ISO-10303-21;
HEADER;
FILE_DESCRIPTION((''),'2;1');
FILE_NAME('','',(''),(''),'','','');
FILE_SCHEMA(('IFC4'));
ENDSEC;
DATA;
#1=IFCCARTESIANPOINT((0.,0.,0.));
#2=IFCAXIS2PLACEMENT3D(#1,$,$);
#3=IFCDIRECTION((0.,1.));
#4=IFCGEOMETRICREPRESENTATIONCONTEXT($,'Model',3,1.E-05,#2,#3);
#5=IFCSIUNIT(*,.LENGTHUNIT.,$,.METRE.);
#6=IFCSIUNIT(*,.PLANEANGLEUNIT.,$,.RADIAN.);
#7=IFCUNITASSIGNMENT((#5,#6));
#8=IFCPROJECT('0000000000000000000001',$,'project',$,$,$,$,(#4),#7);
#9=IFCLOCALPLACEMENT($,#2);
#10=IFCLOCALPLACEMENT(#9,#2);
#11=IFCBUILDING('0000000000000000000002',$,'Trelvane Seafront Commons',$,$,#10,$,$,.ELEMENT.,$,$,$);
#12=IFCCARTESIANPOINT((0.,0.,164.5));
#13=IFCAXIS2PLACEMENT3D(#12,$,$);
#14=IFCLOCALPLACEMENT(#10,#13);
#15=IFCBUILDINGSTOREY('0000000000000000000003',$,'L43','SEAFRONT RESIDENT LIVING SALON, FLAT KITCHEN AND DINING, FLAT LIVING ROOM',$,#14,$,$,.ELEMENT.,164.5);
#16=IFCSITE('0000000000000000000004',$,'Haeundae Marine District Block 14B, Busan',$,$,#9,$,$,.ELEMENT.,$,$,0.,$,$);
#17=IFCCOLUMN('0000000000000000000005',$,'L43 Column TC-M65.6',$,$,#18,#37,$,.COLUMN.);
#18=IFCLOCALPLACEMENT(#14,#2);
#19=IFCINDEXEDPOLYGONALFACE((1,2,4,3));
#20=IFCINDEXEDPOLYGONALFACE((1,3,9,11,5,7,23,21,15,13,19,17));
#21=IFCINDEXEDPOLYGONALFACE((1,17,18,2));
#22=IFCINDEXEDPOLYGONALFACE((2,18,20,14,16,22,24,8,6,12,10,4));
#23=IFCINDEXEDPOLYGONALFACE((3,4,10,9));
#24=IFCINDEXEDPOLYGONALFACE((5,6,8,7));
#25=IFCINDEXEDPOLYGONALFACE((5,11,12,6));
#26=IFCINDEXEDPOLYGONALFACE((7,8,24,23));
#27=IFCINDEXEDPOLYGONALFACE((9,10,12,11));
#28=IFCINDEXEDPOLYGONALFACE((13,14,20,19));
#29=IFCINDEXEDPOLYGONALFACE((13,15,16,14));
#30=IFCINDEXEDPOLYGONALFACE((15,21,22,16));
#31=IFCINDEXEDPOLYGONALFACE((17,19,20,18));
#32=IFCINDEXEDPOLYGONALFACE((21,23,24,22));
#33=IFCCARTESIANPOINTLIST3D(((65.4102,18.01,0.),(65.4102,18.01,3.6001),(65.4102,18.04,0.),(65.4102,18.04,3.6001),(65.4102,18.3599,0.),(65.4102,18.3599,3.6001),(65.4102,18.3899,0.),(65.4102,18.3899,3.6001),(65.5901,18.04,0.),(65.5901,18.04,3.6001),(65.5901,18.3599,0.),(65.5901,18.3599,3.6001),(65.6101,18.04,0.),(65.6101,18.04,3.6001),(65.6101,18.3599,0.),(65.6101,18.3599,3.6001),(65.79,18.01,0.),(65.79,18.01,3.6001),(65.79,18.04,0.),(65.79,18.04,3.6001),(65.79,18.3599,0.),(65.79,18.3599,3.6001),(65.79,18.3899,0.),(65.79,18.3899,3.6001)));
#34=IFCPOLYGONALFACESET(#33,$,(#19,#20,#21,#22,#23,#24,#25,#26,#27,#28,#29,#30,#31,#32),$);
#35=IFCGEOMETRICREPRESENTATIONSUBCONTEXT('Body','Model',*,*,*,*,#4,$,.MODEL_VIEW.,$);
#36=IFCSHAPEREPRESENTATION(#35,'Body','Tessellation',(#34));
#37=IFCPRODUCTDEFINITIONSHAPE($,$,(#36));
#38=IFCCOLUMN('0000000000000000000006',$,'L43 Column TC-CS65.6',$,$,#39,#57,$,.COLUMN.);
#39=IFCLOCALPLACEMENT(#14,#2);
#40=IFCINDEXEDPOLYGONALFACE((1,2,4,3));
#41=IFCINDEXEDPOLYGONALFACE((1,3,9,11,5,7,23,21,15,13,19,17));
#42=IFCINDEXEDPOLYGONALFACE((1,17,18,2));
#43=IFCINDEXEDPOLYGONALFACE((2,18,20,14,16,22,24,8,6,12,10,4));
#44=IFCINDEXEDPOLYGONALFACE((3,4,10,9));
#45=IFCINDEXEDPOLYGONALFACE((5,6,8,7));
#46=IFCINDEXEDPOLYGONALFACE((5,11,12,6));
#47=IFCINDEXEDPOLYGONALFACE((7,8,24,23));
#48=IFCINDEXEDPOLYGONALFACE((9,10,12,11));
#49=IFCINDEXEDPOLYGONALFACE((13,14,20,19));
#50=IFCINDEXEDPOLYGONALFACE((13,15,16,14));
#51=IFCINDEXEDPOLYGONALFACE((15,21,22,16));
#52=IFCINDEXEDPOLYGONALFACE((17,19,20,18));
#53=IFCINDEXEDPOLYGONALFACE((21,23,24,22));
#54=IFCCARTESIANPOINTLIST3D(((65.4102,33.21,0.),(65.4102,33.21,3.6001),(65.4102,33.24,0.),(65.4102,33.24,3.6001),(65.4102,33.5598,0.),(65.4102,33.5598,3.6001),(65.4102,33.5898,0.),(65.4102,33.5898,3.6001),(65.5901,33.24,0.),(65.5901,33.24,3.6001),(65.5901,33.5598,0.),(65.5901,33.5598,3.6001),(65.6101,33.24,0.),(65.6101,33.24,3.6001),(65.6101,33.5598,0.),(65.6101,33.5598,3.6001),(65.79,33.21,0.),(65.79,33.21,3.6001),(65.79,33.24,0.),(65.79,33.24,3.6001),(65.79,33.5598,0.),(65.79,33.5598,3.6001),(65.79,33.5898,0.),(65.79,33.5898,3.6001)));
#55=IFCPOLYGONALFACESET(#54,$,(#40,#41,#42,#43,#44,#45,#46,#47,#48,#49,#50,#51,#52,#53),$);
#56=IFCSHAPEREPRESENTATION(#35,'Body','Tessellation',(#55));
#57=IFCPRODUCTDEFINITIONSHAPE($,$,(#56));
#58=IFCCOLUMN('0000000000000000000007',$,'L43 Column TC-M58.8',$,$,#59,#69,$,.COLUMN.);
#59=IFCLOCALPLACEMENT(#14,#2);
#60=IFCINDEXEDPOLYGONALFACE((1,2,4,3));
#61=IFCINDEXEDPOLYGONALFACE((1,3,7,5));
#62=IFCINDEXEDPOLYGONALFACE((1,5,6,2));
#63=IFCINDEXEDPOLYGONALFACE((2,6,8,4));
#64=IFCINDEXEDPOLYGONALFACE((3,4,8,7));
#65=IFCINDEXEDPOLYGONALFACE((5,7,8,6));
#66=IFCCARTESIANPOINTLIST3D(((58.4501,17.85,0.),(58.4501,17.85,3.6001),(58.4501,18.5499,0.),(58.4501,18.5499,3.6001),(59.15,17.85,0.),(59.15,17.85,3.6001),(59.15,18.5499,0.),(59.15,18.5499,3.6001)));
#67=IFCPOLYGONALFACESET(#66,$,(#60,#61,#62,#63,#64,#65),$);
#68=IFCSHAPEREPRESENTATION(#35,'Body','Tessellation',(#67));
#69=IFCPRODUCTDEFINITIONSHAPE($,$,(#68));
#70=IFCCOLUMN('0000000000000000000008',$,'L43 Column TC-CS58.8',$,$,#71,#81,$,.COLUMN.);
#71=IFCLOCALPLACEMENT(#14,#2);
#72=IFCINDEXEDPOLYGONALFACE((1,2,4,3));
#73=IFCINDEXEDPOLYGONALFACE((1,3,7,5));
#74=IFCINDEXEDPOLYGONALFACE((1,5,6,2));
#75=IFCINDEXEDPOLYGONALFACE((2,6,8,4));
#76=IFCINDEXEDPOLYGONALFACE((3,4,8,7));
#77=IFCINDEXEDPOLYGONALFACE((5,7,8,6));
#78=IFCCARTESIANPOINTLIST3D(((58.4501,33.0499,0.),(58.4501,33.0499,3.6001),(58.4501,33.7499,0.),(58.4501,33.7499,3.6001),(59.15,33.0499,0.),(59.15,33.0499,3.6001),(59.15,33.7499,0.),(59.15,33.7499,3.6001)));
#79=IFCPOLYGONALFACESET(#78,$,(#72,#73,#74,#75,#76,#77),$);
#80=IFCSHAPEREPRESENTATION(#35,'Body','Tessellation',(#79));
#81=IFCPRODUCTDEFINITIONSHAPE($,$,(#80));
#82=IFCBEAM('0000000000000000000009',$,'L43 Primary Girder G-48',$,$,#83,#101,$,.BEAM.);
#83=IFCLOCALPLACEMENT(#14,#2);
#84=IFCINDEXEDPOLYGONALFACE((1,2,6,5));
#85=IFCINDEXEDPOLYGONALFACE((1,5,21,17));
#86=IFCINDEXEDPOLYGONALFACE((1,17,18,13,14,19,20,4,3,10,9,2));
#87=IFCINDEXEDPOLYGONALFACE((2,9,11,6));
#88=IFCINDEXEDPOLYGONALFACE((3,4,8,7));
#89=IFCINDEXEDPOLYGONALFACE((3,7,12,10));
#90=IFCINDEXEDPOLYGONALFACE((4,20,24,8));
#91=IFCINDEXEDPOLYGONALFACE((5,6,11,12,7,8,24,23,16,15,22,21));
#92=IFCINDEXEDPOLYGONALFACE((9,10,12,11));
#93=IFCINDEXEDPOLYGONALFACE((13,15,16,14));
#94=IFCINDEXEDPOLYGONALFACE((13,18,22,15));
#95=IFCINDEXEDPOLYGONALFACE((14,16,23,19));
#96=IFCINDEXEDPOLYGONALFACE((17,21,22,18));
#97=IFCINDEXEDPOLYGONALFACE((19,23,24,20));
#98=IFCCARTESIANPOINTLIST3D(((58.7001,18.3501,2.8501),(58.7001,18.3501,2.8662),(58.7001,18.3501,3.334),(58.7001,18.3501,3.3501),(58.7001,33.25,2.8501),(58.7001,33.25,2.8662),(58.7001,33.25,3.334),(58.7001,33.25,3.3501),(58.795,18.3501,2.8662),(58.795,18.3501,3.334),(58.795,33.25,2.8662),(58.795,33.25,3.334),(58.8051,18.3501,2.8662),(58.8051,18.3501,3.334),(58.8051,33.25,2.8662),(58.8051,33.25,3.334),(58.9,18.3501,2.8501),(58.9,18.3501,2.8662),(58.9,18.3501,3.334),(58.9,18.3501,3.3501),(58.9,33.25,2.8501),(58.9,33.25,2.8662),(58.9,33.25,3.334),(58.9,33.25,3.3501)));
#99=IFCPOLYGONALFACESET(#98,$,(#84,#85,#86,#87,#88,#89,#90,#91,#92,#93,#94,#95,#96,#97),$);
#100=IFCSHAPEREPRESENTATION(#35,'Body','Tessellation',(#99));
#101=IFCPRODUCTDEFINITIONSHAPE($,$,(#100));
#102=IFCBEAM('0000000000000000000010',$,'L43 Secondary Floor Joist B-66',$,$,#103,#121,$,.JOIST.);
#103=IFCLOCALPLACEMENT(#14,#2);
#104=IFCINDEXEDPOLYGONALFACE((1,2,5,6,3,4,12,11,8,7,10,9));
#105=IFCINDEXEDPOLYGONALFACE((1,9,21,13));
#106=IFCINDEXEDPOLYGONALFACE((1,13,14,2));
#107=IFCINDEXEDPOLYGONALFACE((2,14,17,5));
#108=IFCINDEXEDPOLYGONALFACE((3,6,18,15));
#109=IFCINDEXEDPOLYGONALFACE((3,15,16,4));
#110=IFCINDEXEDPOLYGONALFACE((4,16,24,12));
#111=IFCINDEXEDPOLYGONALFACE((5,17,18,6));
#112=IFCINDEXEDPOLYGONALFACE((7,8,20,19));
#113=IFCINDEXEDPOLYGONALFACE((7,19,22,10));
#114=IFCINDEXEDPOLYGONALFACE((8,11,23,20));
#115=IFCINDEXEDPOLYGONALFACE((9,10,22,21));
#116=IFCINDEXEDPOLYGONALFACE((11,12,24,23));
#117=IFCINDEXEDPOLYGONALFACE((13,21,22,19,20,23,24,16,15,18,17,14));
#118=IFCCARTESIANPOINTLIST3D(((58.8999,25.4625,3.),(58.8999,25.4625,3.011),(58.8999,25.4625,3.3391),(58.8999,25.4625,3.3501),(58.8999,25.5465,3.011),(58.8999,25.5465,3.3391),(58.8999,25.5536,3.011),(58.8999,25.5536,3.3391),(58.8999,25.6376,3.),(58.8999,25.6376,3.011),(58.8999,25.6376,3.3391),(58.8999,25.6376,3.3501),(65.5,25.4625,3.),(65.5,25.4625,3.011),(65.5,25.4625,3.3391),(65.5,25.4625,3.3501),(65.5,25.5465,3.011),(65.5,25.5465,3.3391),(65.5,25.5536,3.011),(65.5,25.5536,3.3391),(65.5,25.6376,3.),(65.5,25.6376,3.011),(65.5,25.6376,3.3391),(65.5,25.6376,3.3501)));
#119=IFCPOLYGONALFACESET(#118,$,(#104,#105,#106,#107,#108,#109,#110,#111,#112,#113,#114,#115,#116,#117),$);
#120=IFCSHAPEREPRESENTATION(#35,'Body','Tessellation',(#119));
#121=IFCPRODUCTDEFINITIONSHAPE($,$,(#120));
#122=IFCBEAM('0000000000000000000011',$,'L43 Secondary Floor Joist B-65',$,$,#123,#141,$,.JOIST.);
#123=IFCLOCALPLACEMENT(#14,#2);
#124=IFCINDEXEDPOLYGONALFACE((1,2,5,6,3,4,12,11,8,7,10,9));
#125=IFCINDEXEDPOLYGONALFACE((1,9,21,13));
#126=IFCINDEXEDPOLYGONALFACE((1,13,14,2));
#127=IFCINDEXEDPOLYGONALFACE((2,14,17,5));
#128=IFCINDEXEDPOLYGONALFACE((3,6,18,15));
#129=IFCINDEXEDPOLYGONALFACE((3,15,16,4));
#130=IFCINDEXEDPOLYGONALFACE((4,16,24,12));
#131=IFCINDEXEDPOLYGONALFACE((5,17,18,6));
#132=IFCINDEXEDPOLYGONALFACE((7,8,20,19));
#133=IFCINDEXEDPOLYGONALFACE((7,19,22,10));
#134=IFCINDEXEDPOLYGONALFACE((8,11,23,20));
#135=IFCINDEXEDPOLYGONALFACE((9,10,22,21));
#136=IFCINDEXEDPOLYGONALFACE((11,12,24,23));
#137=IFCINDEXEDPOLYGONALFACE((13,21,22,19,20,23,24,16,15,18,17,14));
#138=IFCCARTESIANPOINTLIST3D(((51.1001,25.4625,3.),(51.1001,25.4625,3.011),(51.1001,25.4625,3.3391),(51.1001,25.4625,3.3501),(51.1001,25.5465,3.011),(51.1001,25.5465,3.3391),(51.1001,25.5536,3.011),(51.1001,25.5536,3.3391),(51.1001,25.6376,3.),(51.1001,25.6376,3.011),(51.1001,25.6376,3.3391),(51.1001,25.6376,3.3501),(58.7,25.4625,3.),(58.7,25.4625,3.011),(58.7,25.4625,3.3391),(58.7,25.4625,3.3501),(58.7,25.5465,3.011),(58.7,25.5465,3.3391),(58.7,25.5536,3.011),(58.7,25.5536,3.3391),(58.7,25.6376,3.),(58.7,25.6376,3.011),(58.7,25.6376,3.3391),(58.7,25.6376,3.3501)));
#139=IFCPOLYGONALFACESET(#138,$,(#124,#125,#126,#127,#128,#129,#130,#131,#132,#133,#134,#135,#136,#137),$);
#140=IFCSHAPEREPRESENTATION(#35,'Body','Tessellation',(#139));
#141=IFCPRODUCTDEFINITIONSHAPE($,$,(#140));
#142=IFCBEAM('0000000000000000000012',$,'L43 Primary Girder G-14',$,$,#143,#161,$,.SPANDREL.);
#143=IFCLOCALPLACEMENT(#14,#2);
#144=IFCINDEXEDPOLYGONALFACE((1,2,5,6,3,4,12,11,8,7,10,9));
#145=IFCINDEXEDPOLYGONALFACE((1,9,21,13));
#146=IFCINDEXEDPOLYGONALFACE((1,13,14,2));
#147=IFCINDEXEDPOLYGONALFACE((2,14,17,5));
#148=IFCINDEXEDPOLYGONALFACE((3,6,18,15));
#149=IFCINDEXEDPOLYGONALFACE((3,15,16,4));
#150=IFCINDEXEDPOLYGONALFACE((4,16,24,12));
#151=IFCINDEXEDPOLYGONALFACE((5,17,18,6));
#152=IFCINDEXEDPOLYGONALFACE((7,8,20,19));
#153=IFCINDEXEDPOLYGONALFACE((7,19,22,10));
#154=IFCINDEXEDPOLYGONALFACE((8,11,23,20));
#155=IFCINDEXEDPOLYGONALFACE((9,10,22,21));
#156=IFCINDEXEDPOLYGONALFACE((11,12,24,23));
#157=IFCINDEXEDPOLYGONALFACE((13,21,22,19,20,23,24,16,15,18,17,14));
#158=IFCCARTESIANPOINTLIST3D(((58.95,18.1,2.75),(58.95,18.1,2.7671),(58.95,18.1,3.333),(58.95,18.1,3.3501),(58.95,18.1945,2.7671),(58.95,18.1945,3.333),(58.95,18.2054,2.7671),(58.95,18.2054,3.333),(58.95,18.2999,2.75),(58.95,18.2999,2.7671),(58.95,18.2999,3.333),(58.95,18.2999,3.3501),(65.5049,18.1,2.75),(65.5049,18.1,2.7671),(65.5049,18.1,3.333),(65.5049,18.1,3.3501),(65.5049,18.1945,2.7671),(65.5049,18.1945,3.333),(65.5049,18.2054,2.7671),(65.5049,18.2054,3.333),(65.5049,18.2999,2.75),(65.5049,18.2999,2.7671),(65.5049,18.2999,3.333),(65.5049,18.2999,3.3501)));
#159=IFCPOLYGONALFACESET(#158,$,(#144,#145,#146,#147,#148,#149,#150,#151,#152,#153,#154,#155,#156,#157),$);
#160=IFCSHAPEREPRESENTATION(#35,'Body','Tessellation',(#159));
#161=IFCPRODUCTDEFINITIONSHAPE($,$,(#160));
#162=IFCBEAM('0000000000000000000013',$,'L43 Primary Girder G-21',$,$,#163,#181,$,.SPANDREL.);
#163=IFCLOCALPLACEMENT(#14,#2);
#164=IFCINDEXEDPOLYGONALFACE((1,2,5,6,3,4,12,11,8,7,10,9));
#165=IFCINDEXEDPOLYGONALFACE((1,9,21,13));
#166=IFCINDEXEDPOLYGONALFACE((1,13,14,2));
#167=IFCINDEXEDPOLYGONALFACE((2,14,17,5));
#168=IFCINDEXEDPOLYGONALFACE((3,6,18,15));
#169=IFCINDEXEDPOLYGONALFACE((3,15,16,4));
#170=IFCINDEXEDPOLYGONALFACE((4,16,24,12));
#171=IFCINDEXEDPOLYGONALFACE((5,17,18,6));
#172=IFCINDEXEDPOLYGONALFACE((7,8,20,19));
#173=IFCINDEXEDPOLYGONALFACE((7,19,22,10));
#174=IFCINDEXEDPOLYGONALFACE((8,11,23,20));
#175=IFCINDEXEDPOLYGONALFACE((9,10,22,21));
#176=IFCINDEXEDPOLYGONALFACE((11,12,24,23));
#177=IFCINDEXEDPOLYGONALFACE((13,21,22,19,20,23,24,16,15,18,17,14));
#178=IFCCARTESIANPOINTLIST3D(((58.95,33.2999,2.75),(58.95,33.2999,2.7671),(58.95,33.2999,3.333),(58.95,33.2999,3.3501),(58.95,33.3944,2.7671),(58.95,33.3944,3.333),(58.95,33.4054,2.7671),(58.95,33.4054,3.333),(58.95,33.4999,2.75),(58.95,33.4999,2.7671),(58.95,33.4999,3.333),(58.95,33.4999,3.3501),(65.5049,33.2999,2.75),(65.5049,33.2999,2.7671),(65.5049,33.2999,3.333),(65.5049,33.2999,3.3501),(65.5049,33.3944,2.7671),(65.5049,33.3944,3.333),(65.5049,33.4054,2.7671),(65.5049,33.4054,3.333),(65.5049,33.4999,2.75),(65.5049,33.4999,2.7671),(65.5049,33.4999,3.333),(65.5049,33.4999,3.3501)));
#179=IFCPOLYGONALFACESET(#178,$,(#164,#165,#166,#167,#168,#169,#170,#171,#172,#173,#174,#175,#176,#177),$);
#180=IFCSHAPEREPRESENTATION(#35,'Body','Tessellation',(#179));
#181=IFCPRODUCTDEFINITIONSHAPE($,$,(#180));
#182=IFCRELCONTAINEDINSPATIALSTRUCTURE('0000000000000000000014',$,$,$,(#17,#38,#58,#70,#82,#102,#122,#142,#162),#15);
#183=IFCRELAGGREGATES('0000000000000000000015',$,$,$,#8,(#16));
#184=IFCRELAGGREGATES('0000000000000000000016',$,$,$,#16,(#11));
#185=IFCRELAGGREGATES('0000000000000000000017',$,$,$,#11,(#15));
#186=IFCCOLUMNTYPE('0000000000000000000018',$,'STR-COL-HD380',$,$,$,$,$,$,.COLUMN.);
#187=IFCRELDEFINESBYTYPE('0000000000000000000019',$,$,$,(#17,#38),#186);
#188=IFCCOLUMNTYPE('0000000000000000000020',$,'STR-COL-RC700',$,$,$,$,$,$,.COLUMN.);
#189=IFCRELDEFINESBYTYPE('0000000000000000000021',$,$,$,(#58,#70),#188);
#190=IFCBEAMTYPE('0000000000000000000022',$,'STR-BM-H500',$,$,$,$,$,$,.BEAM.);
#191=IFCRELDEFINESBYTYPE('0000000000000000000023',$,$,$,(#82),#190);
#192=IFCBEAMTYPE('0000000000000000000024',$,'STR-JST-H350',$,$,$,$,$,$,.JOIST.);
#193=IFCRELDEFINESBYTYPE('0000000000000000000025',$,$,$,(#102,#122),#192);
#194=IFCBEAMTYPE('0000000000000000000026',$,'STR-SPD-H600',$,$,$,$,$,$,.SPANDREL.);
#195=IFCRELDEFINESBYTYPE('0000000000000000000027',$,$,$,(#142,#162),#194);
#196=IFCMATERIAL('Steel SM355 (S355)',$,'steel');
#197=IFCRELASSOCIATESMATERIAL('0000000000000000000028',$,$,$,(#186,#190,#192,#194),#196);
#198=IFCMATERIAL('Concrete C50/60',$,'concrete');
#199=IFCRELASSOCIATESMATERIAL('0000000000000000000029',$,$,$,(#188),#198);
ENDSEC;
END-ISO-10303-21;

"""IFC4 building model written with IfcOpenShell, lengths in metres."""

from ifc_helpers import new_model, si_unit, direction, frame, origin, origin_2d, place, context, subcontext, project, spatial, rectangle, i_section, extrude, source, transform, mapped, material, material_profile, profile_set, type_object, element, save


model = new_model("IFC4")

# Units and contexts
model_context = context("Model", 3, precision=1e-05, world=origin(), true_north=direction((0.0, 1.0)))
body_context = subcontext(model_context, "Body", "Model", "MODEL_VIEW")
ifc_project = project(units=[si_unit("LENGTHUNIT", "METRE"), si_unit("PLANEANGLEUNIT", "RADIAN")], contexts=[model_context])

# Site, building, storey
site_placement = place(None, origin())
site = spatial("IfcSite", under=ifc_project, at=site_placement, Name="Haeundae Marine District Block 14B, Busan", CompositionType="ELEMENT", RefElevation=0.0)
building_placement = place(site_placement, origin())
building = spatial("IfcBuilding", under=site, at=building_placement, Name="Trelvane Seafront Commons", CompositionType="ELEMENT")
storey_placement = place(building_placement, frame((0.0, 0.0, 164.5)))
storey = spatial("IfcBuildingStorey", under=building, at=storey_placement, Name="L43", Description="SEAFRONT RESIDENT LIVING SALON, FLAT KITCHEN AND DINING, FLAT LIVING ROOM", CompositionType="ELEMENT", Elevation=164.5)

# Columns
ifc_material_1 = material(Name="Steel SM355 (S355)", Category="steel")
ifc_material_profile_1 = material_profile(ifc_material_1, i_section(OverallWidth=0.3799, OverallDepth=0.3799, WebThickness=0.02, FlangeThickness=0.03, at=origin_2d()), Name="HD-380x380x20x30")
ifc_profile_set_1 = profile_set([ifc_material_profile_1], Name="Steel SM355 (S355)")
column_type_1 = type_object("IfcColumnType", Name="STR-COL-HD380", PredefinedType="COLUMN", material=ifc_profile_set_1)
shared_shape_1 = source(origin(), body_context, "Body", "SweptSolid", [
    extrude(i_section(OverallWidth=0.3799, OverallDepth=0.3799, WebThickness=0.02, FlangeThickness=0.03, at=origin_2d()), origin(), (0.0, 0.0, 1.0), 3.6001),
])
for number, where, z_axis, x_axis, name in (
    (1, (65.6001, 18.2, 0.0), (0.0, 0.0, 1.0), (1.0, 0.0, 0.0), "L43 Column TC-M65.6"),
    (2, (65.6001, 33.3999, 0.0), (0.0, 0.0, 1.0), (1.0, 0.0, 0.0), "L43 Column TC-CS65.6"),
):
    element("IfcColumn", number, at=place(storey_placement, frame(where, z_axis=z_axis, x_axis=x_axis)), inside=storey, type_object=column_type_1, Name=name, PredefinedType="COLUMN", context=body_context, shape_type="MappedRepresentation", body=[
        mapped(shared_shape_1, transform((0.0, 0.0, 0.0), x_axis=(1.0, 0.0, 0.0), y_axis=(0.0, 1.0, 0.0), z_axis=(0.0, 0.0, 1.0), scale=1.0)),
    ])
ifc_material_2 = material(Name="Concrete C50/60", Category="concrete")
ifc_material_profile_2 = material_profile(ifc_material_2, rectangle(XDim=0.7, YDim=0.7, at=origin_2d()), Name="RC-700x700")
ifc_profile_set_2 = profile_set([ifc_material_profile_2], Name="Concrete C50/60")
column_type_2 = type_object("IfcColumnType", Name="STR-COL-RC700", PredefinedType="COLUMN", material=ifc_profile_set_2)
shared_shape_2 = source(origin(), body_context, "Body", "SweptSolid", [
    extrude(rectangle(XDim=0.7, YDim=0.7, at=origin_2d()), origin(), (0.0, 0.0, 1.0), 3.6001),
])
for number, where, z_axis, x_axis, name in (
    (3, (58.8, 18.2, 0.0), (0.0, 0.0, 1.0), (1.0, 0.0, 0.0), "L43 Column TC-M58.8"),
    (4, (58.8, 33.3999, 0.0), (0.0, 0.0, 1.0), (1.0, 0.0, 0.0), "L43 Column TC-CS58.8"),
):
    element("IfcColumn", number, at=place(storey_placement, frame(where, z_axis=z_axis, x_axis=x_axis)), inside=storey, type_object=column_type_2, Name=name, PredefinedType="COLUMN", context=body_context, shape_type="MappedRepresentation", body=[
        mapped(shared_shape_2, transform((0.0, 0.0, 0.0), x_axis=(1.0, 0.0, 0.0), y_axis=(0.0, 1.0, 0.0), z_axis=(0.0, 0.0, 1.0), scale=1.0)),
    ])

# Beams
ifc_material_profile_3 = material_profile(ifc_material_1, i_section(OverallWidth=0.2, OverallDepth=0.5, WebThickness=0.01, FlangeThickness=0.0161, at=origin_2d()), Name="H-500x200x10x16")
ifc_profile_set_3 = profile_set([ifc_material_profile_3], Name="Steel SM355 (S355)")
beam_type_1 = type_object("IfcBeamType", Name="STR-BM-H500", PredefinedType="BEAM", material=ifc_profile_set_3)
shared_shape_3 = source(origin(), body_context, "Body", "SweptSolid", [
    extrude(i_section(OverallWidth=0.2, OverallDepth=0.5, WebThickness=0.01, FlangeThickness=0.0161, at=origin_2d()), origin(), (0.0, 0.0, 1.0), 14.8999),
])
beam_1_placement = place(storey_placement, frame((58.8, 18.3501, 3.1001), z_axis=(0.0, 1.0, 0.0), x_axis=(-1.0, 0.0, 0.0)))
element("IfcBeam", 5, at=beam_1_placement, inside=storey, type_object=beam_type_1, Name="L43 Primary Girder G-48", PredefinedType="BEAM", context=body_context, shape_type="MappedRepresentation", body=[
    mapped(shared_shape_3, transform((0.0, 0.0, 0.0), x_axis=(1.0, 0.0, 0.0), y_axis=(0.0, 1.0, 0.0), z_axis=(0.0, 0.0, 1.0), scale=1.0)),
])
ifc_material_profile_4 = material_profile(ifc_material_1, i_section(OverallWidth=0.175, OverallDepth=0.3501, WebThickness=0.0071, FlangeThickness=0.011, at=origin_2d()), Name="H-350x175x7x11")
ifc_profile_set_4 = profile_set([ifc_material_profile_4], Name="Steel SM355 (S355)")
beam_type_2 = type_object("IfcBeamType", Name="STR-JST-H350", PredefinedType="JOIST", material=ifc_profile_set_4)
shared_shape_4 = source(origin(), body_context, "Body", "SweptSolid", [
    extrude(i_section(OverallWidth=0.175, OverallDepth=0.3501, WebThickness=0.0071, FlangeThickness=0.011, at=origin_2d()), origin(), (0.0, 0.0, 1.0), 6.6001),
])
beam_2_placement = place(storey_placement, frame((58.8999, 25.55, 3.175), z_axis=(1.0, 0.0, 0.0), x_axis=(0.0, 1.0, 0.0)))
element("IfcBeam", 6, at=beam_2_placement, inside=storey, type_object=beam_type_2, Name="L43 Secondary Floor Joist B-66", PredefinedType="JOIST", context=body_context, shape_type="MappedRepresentation", body=[
    mapped(shared_shape_4, transform((0.0, 0.0, 0.0), x_axis=(1.0, 0.0, 0.0), y_axis=(0.0, 1.0, 0.0), z_axis=(0.0, 0.0, 1.0), scale=1.0)),
])
shared_shape_5 = source(origin(), body_context, "Body", "SweptSolid", [
    extrude(i_section(OverallWidth=0.175, OverallDepth=0.3501, WebThickness=0.0071, FlangeThickness=0.011, at=origin_2d()), origin(), (0.0, 0.0, 1.0), 7.5999),
])
beam_3_placement = place(storey_placement, frame((51.1001, 25.55, 3.175), z_axis=(1.0, 0.0, 0.0), x_axis=(0.0, 1.0, 0.0)))
element("IfcBeam", 7, at=beam_3_placement, inside=storey, type_object=beam_type_2, Name="L43 Secondary Floor Joist B-65", PredefinedType="JOIST", context=body_context, shape_type="MappedRepresentation", body=[
    mapped(shared_shape_5, transform((0.0, 0.0, 0.0), x_axis=(1.0, 0.0, 0.0), y_axis=(0.0, 1.0, 0.0), z_axis=(0.0, 0.0, 1.0), scale=1.0)),
])
ifc_material_profile_5 = material_profile(ifc_material_1, i_section(OverallWidth=0.2, OverallDepth=0.6001, WebThickness=0.011, FlangeThickness=0.0171, at=origin_2d()), Name="H-600x200x11x17")
ifc_profile_set_5 = profile_set([ifc_material_profile_5], Name="Steel SM355 (S355)")
beam_type_3 = type_object("IfcBeamType", Name="STR-SPD-H600", PredefinedType="SPANDREL", material=ifc_profile_set_5)
shared_shape_6 = source(origin(), body_context, "Body", "SweptSolid", [
    extrude(i_section(OverallWidth=0.2, OverallDepth=0.6001, WebThickness=0.011, FlangeThickness=0.0171, at=origin_2d()), origin(), (0.0, 0.0, 1.0), 6.5549),
])
for number, where, z_axis, x_axis, name in (
    (8, (58.95, 18.2, 3.05), (1.0, 0.0, 0.0), (0.0, 1.0, 0.0), "L43 Primary Girder G-14"),
    (9, (58.95, 33.3999, 3.05), (1.0, 0.0, 0.0), (0.0, 1.0, 0.0), "L43 Primary Girder G-21"),
):
    element("IfcBeam", number, at=place(storey_placement, frame(where, z_axis=z_axis, x_axis=x_axis)), inside=storey, type_object=beam_type_3, Name=name, PredefinedType="SPANDREL", context=body_context, shape_type="MappedRepresentation", body=[
        mapped(shared_shape_6, transform((0.0, 0.0, 0.0), x_axis=(1.0, 0.0, 0.0), y_axis=(0.0, 1.0, 0.0), z_axis=(0.0, 0.0, 1.0), scale=1.0)),
    ])

save(model, "model.ifc")
